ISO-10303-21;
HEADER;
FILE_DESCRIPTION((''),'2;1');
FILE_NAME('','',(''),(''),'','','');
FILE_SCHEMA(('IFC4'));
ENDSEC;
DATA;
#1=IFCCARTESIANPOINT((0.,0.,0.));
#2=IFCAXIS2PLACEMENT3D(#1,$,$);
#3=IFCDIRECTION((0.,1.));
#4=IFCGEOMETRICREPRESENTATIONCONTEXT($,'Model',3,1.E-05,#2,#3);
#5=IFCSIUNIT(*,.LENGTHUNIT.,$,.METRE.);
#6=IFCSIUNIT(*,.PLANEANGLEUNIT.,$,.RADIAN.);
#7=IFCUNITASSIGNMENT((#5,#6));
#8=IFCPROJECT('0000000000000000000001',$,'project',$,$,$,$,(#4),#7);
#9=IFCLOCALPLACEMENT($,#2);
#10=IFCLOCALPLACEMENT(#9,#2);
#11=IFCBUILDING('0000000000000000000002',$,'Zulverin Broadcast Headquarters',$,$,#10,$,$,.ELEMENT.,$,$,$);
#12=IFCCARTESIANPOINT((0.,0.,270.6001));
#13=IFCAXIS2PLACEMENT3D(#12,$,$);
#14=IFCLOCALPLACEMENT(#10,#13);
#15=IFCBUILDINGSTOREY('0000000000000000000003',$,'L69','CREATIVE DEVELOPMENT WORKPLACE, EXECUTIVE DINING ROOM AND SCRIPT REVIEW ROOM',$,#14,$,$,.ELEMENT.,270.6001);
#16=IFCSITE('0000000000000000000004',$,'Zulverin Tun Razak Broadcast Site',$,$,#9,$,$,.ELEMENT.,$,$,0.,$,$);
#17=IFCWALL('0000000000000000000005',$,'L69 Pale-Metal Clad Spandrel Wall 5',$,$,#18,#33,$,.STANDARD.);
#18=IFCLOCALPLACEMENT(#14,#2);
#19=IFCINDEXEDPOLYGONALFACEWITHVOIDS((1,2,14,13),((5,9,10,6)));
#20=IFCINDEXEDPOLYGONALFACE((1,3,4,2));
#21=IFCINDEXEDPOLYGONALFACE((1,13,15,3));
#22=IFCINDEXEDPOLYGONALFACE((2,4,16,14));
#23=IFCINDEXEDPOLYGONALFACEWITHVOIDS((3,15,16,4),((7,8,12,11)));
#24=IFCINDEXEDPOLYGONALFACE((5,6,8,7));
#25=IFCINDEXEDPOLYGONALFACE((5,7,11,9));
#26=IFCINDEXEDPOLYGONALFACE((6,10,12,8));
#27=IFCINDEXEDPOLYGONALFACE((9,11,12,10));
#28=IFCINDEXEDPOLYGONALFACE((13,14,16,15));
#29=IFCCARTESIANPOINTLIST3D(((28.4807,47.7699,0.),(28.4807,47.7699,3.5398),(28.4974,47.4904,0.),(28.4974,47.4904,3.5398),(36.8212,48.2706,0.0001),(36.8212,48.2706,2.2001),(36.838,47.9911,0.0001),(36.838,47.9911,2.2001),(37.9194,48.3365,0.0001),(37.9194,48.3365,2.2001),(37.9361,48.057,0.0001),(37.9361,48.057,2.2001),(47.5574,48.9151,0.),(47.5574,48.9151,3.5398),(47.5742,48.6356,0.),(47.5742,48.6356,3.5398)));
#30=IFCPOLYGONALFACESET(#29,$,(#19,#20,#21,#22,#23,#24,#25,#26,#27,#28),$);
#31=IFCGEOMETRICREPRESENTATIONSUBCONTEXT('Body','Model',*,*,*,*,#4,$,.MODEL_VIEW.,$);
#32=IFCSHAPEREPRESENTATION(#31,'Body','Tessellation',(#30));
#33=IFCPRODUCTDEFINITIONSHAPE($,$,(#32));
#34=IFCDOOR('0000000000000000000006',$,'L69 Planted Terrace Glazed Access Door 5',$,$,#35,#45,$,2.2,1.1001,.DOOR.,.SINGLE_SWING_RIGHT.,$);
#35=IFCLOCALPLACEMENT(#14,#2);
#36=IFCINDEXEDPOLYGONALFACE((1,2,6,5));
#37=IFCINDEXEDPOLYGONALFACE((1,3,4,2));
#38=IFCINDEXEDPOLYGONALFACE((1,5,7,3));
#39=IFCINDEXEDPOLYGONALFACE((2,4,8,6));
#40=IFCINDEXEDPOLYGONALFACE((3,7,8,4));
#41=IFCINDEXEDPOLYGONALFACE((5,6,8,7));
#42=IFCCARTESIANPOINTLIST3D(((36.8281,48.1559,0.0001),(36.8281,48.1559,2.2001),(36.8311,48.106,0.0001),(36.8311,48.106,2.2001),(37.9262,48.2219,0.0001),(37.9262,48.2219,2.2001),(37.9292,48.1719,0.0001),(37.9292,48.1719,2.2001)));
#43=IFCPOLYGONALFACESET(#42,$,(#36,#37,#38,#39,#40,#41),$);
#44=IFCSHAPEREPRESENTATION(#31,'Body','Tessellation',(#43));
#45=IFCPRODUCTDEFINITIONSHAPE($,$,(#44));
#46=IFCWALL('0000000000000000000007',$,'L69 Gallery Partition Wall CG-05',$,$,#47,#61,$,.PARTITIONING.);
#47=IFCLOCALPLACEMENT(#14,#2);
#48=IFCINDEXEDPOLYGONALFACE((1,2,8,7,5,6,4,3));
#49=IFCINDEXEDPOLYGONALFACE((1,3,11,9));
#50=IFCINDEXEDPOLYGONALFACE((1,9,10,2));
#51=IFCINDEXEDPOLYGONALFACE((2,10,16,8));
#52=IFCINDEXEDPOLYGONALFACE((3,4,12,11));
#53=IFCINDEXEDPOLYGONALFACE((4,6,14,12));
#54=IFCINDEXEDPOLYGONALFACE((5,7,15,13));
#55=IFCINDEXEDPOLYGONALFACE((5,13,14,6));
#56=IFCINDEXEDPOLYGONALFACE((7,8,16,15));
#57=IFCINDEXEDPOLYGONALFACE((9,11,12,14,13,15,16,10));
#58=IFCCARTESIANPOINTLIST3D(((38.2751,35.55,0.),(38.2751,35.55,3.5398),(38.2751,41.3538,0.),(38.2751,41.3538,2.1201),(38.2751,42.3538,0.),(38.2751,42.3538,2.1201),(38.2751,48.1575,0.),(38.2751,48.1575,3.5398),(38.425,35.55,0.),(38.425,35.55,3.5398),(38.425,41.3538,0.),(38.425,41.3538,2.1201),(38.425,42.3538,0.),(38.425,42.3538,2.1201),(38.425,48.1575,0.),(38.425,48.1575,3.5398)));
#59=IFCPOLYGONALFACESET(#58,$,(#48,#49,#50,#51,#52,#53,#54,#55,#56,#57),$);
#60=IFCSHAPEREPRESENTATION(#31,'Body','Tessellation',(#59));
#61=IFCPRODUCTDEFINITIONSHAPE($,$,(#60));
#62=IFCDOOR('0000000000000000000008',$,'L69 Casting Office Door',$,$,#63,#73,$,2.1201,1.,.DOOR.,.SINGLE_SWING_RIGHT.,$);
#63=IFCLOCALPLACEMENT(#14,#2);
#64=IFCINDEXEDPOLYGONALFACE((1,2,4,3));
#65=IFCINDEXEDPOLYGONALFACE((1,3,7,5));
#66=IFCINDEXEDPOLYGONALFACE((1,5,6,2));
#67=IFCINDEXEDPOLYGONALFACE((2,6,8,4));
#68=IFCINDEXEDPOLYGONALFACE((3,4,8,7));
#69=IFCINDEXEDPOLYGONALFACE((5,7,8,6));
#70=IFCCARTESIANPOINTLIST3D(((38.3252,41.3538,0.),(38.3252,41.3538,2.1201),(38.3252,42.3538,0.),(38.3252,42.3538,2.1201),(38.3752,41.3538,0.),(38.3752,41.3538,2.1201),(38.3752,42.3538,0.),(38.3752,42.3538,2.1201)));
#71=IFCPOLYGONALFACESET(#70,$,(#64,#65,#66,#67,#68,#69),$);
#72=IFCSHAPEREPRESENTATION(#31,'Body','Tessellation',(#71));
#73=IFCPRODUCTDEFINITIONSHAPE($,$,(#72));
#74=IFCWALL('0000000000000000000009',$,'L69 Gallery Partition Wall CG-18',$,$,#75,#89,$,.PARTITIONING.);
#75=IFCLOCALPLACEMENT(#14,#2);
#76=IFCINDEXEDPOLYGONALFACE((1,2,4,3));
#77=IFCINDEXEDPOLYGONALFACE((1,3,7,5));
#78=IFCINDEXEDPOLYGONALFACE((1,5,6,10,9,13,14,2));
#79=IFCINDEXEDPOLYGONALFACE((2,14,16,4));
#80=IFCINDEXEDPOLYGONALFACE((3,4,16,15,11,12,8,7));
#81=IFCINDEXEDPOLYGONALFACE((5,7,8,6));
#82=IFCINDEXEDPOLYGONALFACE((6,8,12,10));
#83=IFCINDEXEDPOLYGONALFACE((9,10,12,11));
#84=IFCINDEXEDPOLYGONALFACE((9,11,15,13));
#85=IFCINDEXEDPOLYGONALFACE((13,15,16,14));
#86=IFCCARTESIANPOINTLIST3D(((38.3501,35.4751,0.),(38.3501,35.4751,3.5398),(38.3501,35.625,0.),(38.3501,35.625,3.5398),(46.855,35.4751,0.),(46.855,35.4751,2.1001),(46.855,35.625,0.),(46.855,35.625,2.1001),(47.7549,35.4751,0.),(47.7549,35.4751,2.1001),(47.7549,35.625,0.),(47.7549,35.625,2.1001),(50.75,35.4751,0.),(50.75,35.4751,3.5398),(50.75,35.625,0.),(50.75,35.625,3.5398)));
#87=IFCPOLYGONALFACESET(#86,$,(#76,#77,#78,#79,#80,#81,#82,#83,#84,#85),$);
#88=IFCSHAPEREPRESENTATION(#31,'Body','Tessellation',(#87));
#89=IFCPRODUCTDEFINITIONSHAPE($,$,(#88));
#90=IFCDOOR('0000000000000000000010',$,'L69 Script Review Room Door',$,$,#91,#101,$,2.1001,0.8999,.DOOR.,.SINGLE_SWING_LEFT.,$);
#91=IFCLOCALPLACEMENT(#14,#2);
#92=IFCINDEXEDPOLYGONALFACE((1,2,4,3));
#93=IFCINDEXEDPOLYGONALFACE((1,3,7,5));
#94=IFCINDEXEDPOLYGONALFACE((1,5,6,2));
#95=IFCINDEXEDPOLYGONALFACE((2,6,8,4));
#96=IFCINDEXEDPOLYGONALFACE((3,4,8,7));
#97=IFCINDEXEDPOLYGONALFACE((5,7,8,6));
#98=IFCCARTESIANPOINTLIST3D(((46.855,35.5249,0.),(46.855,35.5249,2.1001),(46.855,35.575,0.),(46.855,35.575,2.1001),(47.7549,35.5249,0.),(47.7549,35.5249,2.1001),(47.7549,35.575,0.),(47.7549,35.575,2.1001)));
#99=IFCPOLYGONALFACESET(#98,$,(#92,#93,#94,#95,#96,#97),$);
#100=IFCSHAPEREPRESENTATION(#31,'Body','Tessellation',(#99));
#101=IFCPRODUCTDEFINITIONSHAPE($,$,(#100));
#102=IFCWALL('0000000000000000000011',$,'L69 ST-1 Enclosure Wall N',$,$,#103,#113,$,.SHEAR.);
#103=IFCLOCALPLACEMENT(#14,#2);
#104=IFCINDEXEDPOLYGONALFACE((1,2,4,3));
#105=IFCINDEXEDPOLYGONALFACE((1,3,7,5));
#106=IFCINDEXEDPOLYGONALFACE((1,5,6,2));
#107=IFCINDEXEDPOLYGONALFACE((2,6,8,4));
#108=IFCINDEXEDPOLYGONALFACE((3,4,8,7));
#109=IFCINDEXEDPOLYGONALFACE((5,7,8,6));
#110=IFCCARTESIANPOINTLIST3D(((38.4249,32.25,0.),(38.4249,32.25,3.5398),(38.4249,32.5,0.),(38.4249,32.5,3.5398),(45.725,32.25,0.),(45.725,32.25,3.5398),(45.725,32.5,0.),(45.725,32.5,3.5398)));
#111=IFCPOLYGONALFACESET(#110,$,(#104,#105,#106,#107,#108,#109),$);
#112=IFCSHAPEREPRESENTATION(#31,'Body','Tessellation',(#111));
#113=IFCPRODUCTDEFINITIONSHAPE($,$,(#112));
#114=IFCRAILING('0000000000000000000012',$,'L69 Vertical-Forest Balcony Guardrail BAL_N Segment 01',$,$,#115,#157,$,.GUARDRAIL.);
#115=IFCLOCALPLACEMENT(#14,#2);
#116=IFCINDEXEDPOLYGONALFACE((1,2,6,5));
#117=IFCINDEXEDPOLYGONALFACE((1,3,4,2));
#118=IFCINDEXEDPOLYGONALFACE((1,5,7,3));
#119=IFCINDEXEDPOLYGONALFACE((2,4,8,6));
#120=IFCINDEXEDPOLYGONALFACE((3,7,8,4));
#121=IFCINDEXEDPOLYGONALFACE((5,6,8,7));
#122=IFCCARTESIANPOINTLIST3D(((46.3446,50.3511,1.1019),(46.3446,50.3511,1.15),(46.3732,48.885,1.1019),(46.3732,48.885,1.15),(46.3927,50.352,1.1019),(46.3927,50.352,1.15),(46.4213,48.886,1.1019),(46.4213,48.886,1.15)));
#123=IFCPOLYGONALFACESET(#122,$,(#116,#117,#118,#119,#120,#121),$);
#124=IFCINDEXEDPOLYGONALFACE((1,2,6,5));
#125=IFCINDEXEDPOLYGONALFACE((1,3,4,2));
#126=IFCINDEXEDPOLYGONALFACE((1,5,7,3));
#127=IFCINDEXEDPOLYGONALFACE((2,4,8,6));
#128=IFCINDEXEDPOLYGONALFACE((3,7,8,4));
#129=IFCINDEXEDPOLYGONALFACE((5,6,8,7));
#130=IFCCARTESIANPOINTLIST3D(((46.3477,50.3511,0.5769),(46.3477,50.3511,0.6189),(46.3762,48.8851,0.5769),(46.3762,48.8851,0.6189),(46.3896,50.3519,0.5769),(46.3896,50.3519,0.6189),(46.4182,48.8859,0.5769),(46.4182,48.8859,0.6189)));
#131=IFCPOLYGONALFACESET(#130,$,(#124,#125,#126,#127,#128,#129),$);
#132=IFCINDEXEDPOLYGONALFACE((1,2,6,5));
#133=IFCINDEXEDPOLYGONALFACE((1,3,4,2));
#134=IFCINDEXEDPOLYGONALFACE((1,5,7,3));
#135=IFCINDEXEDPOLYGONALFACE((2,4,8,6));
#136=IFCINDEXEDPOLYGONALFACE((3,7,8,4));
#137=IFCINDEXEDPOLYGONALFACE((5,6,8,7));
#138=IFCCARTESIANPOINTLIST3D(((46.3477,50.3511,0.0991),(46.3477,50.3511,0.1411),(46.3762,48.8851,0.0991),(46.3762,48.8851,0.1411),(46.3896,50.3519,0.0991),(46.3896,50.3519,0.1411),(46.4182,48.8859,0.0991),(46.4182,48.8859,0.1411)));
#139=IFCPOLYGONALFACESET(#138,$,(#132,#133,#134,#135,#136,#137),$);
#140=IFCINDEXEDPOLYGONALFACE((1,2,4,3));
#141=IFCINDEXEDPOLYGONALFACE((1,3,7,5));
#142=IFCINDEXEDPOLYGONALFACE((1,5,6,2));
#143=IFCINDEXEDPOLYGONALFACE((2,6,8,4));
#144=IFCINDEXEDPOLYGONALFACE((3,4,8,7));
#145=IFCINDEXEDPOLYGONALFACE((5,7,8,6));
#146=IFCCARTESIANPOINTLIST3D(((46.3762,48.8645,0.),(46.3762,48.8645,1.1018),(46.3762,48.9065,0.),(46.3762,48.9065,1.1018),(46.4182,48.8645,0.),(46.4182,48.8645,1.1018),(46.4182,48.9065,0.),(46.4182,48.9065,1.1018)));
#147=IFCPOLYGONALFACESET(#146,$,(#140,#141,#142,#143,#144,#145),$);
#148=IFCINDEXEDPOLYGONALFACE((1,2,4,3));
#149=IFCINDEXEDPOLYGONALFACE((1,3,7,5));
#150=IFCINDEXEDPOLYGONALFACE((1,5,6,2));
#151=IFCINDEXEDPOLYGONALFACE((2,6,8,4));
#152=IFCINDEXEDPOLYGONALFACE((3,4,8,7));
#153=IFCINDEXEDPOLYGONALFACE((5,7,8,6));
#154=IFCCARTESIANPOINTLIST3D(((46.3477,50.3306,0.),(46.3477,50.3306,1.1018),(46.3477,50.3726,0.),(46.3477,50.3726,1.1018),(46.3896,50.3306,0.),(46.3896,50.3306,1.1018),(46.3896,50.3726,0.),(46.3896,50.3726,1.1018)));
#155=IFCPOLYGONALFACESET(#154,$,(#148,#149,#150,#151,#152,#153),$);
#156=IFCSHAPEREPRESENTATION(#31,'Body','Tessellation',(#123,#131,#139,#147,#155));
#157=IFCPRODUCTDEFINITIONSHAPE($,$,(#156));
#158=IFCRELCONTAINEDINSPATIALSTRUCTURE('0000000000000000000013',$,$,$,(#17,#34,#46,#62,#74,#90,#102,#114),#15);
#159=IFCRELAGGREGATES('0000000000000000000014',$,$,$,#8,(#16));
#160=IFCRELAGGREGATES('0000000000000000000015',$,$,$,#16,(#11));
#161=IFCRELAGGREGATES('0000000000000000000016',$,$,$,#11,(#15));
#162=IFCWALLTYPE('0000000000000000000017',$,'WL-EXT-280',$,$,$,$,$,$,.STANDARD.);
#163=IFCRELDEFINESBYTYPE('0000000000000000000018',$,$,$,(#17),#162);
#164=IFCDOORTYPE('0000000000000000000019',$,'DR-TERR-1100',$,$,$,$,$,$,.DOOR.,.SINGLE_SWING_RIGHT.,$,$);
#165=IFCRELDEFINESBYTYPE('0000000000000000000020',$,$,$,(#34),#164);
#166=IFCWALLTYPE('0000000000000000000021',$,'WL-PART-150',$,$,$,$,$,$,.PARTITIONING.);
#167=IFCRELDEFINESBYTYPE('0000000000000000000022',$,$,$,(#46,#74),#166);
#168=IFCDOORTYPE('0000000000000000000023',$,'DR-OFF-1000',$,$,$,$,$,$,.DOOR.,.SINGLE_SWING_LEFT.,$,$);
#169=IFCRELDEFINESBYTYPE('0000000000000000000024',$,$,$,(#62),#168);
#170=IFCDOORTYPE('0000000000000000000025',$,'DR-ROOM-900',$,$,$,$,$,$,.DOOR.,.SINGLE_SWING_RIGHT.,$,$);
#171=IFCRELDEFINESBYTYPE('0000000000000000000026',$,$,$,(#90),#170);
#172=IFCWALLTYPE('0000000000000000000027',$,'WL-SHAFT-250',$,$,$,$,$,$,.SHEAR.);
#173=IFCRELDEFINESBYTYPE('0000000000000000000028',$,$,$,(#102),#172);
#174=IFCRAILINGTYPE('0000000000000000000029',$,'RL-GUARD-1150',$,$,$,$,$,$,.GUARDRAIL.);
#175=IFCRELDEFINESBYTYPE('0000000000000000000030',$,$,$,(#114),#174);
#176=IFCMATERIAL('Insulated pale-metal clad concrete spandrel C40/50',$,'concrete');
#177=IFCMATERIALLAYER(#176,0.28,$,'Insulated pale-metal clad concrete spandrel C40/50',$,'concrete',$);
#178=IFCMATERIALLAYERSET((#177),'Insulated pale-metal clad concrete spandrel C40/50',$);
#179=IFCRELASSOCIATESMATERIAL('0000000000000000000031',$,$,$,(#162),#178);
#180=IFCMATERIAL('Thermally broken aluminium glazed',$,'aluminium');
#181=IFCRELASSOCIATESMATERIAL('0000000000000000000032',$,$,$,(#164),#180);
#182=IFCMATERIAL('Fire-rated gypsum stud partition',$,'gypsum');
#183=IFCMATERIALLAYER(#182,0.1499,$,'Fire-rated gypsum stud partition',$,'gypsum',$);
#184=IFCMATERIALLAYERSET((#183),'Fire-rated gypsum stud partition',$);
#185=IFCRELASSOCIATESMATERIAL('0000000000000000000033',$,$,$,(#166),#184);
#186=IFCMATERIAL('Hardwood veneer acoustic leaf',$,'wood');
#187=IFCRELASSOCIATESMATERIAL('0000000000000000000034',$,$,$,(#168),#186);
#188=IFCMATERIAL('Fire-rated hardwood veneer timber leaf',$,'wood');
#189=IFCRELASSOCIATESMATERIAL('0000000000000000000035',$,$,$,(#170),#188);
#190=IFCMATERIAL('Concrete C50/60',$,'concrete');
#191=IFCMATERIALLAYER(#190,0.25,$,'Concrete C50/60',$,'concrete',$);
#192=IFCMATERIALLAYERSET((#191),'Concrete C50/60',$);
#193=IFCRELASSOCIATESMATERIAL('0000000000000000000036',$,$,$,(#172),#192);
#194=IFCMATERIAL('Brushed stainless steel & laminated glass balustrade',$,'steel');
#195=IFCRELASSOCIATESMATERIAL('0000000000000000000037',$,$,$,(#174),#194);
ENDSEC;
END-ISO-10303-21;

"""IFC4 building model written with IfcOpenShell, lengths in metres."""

from ifc_helpers import new_model, si_unit, direction, frame, frame_2d, origin, origin_2d, place, context, subcontext, project, spatial, rectangle, extrude, material, layer, layer_set, type_object, element, fill, save


model = new_model("IFC4")

# Units and contexts
model_context = context("Model", 3, precision=1e-05, world=origin(), true_north=direction((0.0, 1.0)))
body_context = subcontext(model_context, "Body", "Model", "MODEL_VIEW")
ifc_project = project(units=[si_unit("LENGTHUNIT", "METRE"), si_unit("PLANEANGLEUNIT", "RADIAN")], contexts=[model_context])

# Site, building, storey
site_placement = place(None, origin())
site = spatial("IfcSite", under=ifc_project, at=site_placement, Name="Zulverin Tun Razak Broadcast Site", CompositionType="ELEMENT", RefElevation=0.0)
building_placement = place(site_placement, origin())
building = spatial("IfcBuilding", under=site, at=building_placement, Name="Zulverin Broadcast Headquarters", CompositionType="ELEMENT")
storey_placement = place(building_placement, frame((0.0, 0.0, 270.6001)))
storey = spatial("IfcBuildingStorey", under=building, at=storey_placement, Name="L69", Description="CREATIVE DEVELOPMENT WORKPLACE, EXECUTIVE DINING ROOM AND SCRIPT REVIEW ROOM", CompositionType="ELEMENT", Elevation=270.6001)

# Shared definitions
ifc_material_1 = material(Name="Concrete C50/60", Category="concrete")

# Walls, openings, doors
ifc_material_2 = material(Name="Insulated pale-metal clad concrete spandrel C40/50", Category="concrete")
ifc_layer_1 = layer(ifc_material_2, 0.28, Name="Insulated pale-metal clad concrete spandrel C40/50", Category="concrete")
ifc_layer_set_1 = layer_set([ifc_layer_1], Name="Insulated pale-metal clad concrete spandrel C40/50")
wall_type_1 = type_object("IfcWallType", Name="WL-EXT-280", PredefinedType="STANDARD", material=ifc_layer_set_1)
wall_1_placement = place(storey_placement, frame((47.5659, 48.7754, 0.0), z_axis=(0.0, 0.0, 1.0), x_axis=(-0.998203, -0.059927, 0.0)))
wall_1 = element("IfcWall", 1, at=wall_1_placement, inside=storey, type_object=wall_type_1, Name="L69 Pale-Metal Clad Spandrel Wall 5", PredefinedType="STANDARD", context=body_context, shape_type="SweptSolid", body=[
    extrude(rectangle(XDim=19.1111, YDim=0.28, at=frame_2d((9.5557, 0.0))), origin(), (0.0, 0.0, 1.0), 3.5398),
])
opening_1_placement = place(wall_1_placement, frame((9.6555, 0.0, 0.0)))
opening_1 = element("IfcOpeningElement", 2, at=opening_1_placement, cuts=wall_1, PredefinedType="OPENING", context=body_context, shape_type="SweptSolid", body=[
    extrude(rectangle(XDim=1.1001, YDim=2.2, at=frame_2d((0.55, 1.1001))), frame((0.0, 0.1499, 0.0), z_axis=(0.0, -1.0, 0.0), x_axis=(1.0, 0.0, 0.0)), (0.0, 0.0, 1.0), 0.3),
])
ifc_material_3 = material(Name="Thermally broken aluminium glazed", Category="aluminium")
door_type_1 = type_object("IfcDoorType", Name="DR-TERR-1100", OperationType="SINGLE_SWING_RIGHT", PredefinedType="DOOR", material=ifc_material_3)
door_1_placement = place(opening_1_placement, origin())
door_1 = element("IfcDoor", 3, at=door_1_placement, inside=storey, type_object=door_type_1, Name="L69 Planted Terrace Glazed Access Door 5", OperationType="SINGLE_SWING_RIGHT", OverallHeight=2.2, OverallWidth=1.1001, PredefinedType="DOOR", context=body_context, shape_type="SweptSolid", body=[
    extrude(rectangle(XDim=1.1001, YDim=2.2, at=frame_2d((0.55, 1.1001))), frame((0.0, 0.0249, 0.0), z_axis=(0.0, -1.0, 0.0), x_axis=(1.0, 0.0, 0.0)), (0.0, 0.0, 1.0), 0.05),
])
fill(opening_1, door_1)
ifc_material_4 = material(Name="Fire-rated gypsum stud partition", Category="gypsum")
ifc_layer_2 = layer(ifc_material_4, 0.1499, Name="Fire-rated gypsum stud partition", Category="gypsum")
ifc_layer_set_2 = layer_set([ifc_layer_2], Name="Fire-rated gypsum stud partition")
wall_type_2 = type_object("IfcWallType", Name="WL-PART-150", PredefinedType="PARTITIONING", material=ifc_layer_set_2)
wall_2_placement = place(storey_placement, frame((38.3501, 35.55, 0.0), z_axis=(0.0, 0.0, 1.0), x_axis=(0.0, 1.0, 0.0)))
wall_2 = element("IfcWall", 4, at=wall_2_placement, inside=storey, type_object=wall_type_2, Name="L69 Gallery Partition Wall CG-05", PredefinedType="PARTITIONING", context=body_context, shape_type="SweptSolid", body=[
    extrude(rectangle(XDim=12.6074, YDim=0.1499, at=frame_2d((6.3037, 0.0))), origin(), (0.0, 0.0, 1.0), 3.5398),
])
opening_2_placement = place(wall_2_placement, frame((5.8037, 0.0, 0.0)))
opening_2 = element("IfcOpeningElement", 5, at=opening_2_placement, cuts=wall_2, PredefinedType="OPENING", context=body_context, shape_type="SweptSolid", body=[
    extrude(rectangle(XDim=1.0, YDim=2.1201, at=frame_2d((0.5, 1.0601))), frame((0.0, 0.085, 0.0), z_axis=(0.0, -1.0, 0.0), x_axis=(1.0, 0.0, 0.0)), (0.0, 0.0, 1.0), 0.1699),
])
ifc_material_5 = material(Name="Hardwood veneer acoustic leaf", Category="wood")
door_type_2 = type_object("IfcDoorType", Name="DR-OFF-1000", OperationType="SINGLE_SWING_LEFT", PredefinedType="DOOR", material=ifc_material_5)
door_2_placement = place(opening_2_placement, origin())
door_2 = element("IfcDoor", 6, at=door_2_placement, inside=storey, type_object=door_type_2, Name="L69 Casting Office Door", OperationType="SINGLE_SWING_RIGHT", OverallHeight=2.1201, OverallWidth=1.0, PredefinedType="DOOR", context=body_context, shape_type="SweptSolid", body=[
    extrude(rectangle(XDim=1.0, YDim=2.1201, at=frame_2d((0.5, 1.0601))), frame((0.0, 0.0249, 0.0), z_axis=(0.0, -1.0, 0.0), x_axis=(1.0, 0.0, 0.0)), (0.0, 0.0, 1.0), 0.05),
])
fill(opening_2, door_2)
wall_3_placement = place(storey_placement, frame((38.3501, 35.55, 0.0), z_axis=(0.0, 0.0, 1.0), x_axis=(1.0, 0.0, 0.0)))
wall_3 = element("IfcWall", 7, at=wall_3_placement, inside=storey, type_object=wall_type_2, Name="L69 Gallery Partition Wall CG-18", PredefinedType="PARTITIONING", context=body_context, shape_type="SweptSolid", body=[
    extrude(rectangle(XDim=12.3999, YDim=0.1499, at=frame_2d((6.2, 0.0))), origin(), (0.0, 0.0, 1.0), 3.5398),
])
opening_3_placement = place(wall_3_placement, frame((8.5049, 0.0, 0.0)))
opening_3 = element("IfcOpeningElement", 8, at=opening_3_placement, cuts=wall_3, PredefinedType="OPENING", context=body_context, shape_type="SweptSolid", body=[
    extrude(rectangle(XDim=0.8999, YDim=2.1001, at=frame_2d((0.45, 1.05))), frame((0.0, 0.085, 0.0), z_axis=(0.0, -1.0, 0.0), x_axis=(1.0, 0.0, 0.0)), (0.0, 0.0, 1.0), 0.1699),
])
ifc_material_6 = material(Name="Fire-rated hardwood veneer timber leaf", Category="wood")
door_type_3 = type_object("IfcDoorType", Name="DR-ROOM-900", OperationType="SINGLE_SWING_RIGHT", PredefinedType="DOOR", material=ifc_material_6)
door_3_placement = place(opening_3_placement, origin())
door_3 = element("IfcDoor", 9, at=door_3_placement, inside=storey, type_object=door_type_3, Name="L69 Script Review Room Door", OperationType="SINGLE_SWING_LEFT", OverallHeight=2.1001, OverallWidth=0.8999, PredefinedType="DOOR", context=body_context, shape_type="SweptSolid", body=[
    extrude(rectangle(XDim=0.8999, YDim=2.1001, at=frame_2d((0.45, 1.05))), frame((0.0, 0.0249, 0.0), z_axis=(0.0, -1.0, 0.0), x_axis=(1.0, 0.0, 0.0)), (0.0, 0.0, 1.0), 0.05),
])
fill(opening_3, door_3)

# Wall
ifc_layer_3 = layer(ifc_material_1, 0.25, Name="Concrete C50/60", Category="concrete")
ifc_layer_set_3 = layer_set([ifc_layer_3], Name="Concrete C50/60")
wall_type_3 = type_object("IfcWallType", Name="WL-SHAFT-250", PredefinedType="SHEAR", material=ifc_layer_set_3)
wall_4_placement = place(storey_placement, frame((38.425, 32.375, 0.0), z_axis=(0.0, 0.0, 1.0), x_axis=(1.0, 0.0, 0.0)))
element("IfcWall", 10, at=wall_4_placement, inside=storey, type_object=wall_type_3, Name="L69 ST-1 Enclosure Wall N", PredefinedType="SHEAR", context=body_context, shape_type="SweptSolid", body=[
    extrude(rectangle(XDim=7.3, YDim=0.25, at=frame_2d((3.6499, 0.0))), origin(), (0.0, 0.0, 1.0), 3.5398),
])

# Railing
ifc_material_7 = material(Name="Brushed stainless steel & laminated glass balustrade", Category="steel")
railing_type = type_object("IfcRailingType", Name="RL-GUARD-1150", PredefinedType="GUARDRAIL", material=ifc_material_7)
railing_1_placement = place(storey_placement, frame((46.3972, 48.8855, 0.0)))
element("IfcRailing", 11, at=railing_1_placement, inside=storey, type_object=railing_type, Name="L69 Vertical-Forest Balcony Guardrail BAL_N Segment 01", PredefinedType="GUARDRAIL", context=body_context, shape_type="SweptSolid", body=[
    extrude(rectangle(XDim=0.0481, YDim=0.0481, at=origin_2d()), frame((0.0, 0.0, 1.126), z_axis=(-0.01948, 0.99981, 0.0), x_axis=(-0.99981, -0.01948, 0.0)), (0.0, 0.0, 1.0), 1.4663),
    extrude(rectangle(XDim=0.042, YDim=0.042, at=origin_2d()), frame((0.0, 0.0, 0.5979), z_axis=(-0.01948, 0.99981, 0.0), x_axis=(-0.99981, -0.01948, 0.0)), (0.0, 0.0, 1.0), 1.4663),
    extrude(rectangle(XDim=0.042, YDim=0.042, at=origin_2d()), frame((0.0, 0.0, 0.1201), z_axis=(-0.01948, 0.99981, 0.0), x_axis=(-0.99981, -0.01948, 0.0)), (0.0, 0.0, 1.0), 1.4663),
    extrude(rectangle(XDim=0.042, YDim=0.042, at=origin_2d()), origin(), (0.0, 0.0, 1.0), 1.1018),
    extrude(rectangle(XDim=0.042, YDim=0.042, at=origin_2d()), frame((-0.0286, 1.4661, 0.0)), (0.0, 0.0, 1.0), 1.1018),
])

save(model, "model.ifc")
